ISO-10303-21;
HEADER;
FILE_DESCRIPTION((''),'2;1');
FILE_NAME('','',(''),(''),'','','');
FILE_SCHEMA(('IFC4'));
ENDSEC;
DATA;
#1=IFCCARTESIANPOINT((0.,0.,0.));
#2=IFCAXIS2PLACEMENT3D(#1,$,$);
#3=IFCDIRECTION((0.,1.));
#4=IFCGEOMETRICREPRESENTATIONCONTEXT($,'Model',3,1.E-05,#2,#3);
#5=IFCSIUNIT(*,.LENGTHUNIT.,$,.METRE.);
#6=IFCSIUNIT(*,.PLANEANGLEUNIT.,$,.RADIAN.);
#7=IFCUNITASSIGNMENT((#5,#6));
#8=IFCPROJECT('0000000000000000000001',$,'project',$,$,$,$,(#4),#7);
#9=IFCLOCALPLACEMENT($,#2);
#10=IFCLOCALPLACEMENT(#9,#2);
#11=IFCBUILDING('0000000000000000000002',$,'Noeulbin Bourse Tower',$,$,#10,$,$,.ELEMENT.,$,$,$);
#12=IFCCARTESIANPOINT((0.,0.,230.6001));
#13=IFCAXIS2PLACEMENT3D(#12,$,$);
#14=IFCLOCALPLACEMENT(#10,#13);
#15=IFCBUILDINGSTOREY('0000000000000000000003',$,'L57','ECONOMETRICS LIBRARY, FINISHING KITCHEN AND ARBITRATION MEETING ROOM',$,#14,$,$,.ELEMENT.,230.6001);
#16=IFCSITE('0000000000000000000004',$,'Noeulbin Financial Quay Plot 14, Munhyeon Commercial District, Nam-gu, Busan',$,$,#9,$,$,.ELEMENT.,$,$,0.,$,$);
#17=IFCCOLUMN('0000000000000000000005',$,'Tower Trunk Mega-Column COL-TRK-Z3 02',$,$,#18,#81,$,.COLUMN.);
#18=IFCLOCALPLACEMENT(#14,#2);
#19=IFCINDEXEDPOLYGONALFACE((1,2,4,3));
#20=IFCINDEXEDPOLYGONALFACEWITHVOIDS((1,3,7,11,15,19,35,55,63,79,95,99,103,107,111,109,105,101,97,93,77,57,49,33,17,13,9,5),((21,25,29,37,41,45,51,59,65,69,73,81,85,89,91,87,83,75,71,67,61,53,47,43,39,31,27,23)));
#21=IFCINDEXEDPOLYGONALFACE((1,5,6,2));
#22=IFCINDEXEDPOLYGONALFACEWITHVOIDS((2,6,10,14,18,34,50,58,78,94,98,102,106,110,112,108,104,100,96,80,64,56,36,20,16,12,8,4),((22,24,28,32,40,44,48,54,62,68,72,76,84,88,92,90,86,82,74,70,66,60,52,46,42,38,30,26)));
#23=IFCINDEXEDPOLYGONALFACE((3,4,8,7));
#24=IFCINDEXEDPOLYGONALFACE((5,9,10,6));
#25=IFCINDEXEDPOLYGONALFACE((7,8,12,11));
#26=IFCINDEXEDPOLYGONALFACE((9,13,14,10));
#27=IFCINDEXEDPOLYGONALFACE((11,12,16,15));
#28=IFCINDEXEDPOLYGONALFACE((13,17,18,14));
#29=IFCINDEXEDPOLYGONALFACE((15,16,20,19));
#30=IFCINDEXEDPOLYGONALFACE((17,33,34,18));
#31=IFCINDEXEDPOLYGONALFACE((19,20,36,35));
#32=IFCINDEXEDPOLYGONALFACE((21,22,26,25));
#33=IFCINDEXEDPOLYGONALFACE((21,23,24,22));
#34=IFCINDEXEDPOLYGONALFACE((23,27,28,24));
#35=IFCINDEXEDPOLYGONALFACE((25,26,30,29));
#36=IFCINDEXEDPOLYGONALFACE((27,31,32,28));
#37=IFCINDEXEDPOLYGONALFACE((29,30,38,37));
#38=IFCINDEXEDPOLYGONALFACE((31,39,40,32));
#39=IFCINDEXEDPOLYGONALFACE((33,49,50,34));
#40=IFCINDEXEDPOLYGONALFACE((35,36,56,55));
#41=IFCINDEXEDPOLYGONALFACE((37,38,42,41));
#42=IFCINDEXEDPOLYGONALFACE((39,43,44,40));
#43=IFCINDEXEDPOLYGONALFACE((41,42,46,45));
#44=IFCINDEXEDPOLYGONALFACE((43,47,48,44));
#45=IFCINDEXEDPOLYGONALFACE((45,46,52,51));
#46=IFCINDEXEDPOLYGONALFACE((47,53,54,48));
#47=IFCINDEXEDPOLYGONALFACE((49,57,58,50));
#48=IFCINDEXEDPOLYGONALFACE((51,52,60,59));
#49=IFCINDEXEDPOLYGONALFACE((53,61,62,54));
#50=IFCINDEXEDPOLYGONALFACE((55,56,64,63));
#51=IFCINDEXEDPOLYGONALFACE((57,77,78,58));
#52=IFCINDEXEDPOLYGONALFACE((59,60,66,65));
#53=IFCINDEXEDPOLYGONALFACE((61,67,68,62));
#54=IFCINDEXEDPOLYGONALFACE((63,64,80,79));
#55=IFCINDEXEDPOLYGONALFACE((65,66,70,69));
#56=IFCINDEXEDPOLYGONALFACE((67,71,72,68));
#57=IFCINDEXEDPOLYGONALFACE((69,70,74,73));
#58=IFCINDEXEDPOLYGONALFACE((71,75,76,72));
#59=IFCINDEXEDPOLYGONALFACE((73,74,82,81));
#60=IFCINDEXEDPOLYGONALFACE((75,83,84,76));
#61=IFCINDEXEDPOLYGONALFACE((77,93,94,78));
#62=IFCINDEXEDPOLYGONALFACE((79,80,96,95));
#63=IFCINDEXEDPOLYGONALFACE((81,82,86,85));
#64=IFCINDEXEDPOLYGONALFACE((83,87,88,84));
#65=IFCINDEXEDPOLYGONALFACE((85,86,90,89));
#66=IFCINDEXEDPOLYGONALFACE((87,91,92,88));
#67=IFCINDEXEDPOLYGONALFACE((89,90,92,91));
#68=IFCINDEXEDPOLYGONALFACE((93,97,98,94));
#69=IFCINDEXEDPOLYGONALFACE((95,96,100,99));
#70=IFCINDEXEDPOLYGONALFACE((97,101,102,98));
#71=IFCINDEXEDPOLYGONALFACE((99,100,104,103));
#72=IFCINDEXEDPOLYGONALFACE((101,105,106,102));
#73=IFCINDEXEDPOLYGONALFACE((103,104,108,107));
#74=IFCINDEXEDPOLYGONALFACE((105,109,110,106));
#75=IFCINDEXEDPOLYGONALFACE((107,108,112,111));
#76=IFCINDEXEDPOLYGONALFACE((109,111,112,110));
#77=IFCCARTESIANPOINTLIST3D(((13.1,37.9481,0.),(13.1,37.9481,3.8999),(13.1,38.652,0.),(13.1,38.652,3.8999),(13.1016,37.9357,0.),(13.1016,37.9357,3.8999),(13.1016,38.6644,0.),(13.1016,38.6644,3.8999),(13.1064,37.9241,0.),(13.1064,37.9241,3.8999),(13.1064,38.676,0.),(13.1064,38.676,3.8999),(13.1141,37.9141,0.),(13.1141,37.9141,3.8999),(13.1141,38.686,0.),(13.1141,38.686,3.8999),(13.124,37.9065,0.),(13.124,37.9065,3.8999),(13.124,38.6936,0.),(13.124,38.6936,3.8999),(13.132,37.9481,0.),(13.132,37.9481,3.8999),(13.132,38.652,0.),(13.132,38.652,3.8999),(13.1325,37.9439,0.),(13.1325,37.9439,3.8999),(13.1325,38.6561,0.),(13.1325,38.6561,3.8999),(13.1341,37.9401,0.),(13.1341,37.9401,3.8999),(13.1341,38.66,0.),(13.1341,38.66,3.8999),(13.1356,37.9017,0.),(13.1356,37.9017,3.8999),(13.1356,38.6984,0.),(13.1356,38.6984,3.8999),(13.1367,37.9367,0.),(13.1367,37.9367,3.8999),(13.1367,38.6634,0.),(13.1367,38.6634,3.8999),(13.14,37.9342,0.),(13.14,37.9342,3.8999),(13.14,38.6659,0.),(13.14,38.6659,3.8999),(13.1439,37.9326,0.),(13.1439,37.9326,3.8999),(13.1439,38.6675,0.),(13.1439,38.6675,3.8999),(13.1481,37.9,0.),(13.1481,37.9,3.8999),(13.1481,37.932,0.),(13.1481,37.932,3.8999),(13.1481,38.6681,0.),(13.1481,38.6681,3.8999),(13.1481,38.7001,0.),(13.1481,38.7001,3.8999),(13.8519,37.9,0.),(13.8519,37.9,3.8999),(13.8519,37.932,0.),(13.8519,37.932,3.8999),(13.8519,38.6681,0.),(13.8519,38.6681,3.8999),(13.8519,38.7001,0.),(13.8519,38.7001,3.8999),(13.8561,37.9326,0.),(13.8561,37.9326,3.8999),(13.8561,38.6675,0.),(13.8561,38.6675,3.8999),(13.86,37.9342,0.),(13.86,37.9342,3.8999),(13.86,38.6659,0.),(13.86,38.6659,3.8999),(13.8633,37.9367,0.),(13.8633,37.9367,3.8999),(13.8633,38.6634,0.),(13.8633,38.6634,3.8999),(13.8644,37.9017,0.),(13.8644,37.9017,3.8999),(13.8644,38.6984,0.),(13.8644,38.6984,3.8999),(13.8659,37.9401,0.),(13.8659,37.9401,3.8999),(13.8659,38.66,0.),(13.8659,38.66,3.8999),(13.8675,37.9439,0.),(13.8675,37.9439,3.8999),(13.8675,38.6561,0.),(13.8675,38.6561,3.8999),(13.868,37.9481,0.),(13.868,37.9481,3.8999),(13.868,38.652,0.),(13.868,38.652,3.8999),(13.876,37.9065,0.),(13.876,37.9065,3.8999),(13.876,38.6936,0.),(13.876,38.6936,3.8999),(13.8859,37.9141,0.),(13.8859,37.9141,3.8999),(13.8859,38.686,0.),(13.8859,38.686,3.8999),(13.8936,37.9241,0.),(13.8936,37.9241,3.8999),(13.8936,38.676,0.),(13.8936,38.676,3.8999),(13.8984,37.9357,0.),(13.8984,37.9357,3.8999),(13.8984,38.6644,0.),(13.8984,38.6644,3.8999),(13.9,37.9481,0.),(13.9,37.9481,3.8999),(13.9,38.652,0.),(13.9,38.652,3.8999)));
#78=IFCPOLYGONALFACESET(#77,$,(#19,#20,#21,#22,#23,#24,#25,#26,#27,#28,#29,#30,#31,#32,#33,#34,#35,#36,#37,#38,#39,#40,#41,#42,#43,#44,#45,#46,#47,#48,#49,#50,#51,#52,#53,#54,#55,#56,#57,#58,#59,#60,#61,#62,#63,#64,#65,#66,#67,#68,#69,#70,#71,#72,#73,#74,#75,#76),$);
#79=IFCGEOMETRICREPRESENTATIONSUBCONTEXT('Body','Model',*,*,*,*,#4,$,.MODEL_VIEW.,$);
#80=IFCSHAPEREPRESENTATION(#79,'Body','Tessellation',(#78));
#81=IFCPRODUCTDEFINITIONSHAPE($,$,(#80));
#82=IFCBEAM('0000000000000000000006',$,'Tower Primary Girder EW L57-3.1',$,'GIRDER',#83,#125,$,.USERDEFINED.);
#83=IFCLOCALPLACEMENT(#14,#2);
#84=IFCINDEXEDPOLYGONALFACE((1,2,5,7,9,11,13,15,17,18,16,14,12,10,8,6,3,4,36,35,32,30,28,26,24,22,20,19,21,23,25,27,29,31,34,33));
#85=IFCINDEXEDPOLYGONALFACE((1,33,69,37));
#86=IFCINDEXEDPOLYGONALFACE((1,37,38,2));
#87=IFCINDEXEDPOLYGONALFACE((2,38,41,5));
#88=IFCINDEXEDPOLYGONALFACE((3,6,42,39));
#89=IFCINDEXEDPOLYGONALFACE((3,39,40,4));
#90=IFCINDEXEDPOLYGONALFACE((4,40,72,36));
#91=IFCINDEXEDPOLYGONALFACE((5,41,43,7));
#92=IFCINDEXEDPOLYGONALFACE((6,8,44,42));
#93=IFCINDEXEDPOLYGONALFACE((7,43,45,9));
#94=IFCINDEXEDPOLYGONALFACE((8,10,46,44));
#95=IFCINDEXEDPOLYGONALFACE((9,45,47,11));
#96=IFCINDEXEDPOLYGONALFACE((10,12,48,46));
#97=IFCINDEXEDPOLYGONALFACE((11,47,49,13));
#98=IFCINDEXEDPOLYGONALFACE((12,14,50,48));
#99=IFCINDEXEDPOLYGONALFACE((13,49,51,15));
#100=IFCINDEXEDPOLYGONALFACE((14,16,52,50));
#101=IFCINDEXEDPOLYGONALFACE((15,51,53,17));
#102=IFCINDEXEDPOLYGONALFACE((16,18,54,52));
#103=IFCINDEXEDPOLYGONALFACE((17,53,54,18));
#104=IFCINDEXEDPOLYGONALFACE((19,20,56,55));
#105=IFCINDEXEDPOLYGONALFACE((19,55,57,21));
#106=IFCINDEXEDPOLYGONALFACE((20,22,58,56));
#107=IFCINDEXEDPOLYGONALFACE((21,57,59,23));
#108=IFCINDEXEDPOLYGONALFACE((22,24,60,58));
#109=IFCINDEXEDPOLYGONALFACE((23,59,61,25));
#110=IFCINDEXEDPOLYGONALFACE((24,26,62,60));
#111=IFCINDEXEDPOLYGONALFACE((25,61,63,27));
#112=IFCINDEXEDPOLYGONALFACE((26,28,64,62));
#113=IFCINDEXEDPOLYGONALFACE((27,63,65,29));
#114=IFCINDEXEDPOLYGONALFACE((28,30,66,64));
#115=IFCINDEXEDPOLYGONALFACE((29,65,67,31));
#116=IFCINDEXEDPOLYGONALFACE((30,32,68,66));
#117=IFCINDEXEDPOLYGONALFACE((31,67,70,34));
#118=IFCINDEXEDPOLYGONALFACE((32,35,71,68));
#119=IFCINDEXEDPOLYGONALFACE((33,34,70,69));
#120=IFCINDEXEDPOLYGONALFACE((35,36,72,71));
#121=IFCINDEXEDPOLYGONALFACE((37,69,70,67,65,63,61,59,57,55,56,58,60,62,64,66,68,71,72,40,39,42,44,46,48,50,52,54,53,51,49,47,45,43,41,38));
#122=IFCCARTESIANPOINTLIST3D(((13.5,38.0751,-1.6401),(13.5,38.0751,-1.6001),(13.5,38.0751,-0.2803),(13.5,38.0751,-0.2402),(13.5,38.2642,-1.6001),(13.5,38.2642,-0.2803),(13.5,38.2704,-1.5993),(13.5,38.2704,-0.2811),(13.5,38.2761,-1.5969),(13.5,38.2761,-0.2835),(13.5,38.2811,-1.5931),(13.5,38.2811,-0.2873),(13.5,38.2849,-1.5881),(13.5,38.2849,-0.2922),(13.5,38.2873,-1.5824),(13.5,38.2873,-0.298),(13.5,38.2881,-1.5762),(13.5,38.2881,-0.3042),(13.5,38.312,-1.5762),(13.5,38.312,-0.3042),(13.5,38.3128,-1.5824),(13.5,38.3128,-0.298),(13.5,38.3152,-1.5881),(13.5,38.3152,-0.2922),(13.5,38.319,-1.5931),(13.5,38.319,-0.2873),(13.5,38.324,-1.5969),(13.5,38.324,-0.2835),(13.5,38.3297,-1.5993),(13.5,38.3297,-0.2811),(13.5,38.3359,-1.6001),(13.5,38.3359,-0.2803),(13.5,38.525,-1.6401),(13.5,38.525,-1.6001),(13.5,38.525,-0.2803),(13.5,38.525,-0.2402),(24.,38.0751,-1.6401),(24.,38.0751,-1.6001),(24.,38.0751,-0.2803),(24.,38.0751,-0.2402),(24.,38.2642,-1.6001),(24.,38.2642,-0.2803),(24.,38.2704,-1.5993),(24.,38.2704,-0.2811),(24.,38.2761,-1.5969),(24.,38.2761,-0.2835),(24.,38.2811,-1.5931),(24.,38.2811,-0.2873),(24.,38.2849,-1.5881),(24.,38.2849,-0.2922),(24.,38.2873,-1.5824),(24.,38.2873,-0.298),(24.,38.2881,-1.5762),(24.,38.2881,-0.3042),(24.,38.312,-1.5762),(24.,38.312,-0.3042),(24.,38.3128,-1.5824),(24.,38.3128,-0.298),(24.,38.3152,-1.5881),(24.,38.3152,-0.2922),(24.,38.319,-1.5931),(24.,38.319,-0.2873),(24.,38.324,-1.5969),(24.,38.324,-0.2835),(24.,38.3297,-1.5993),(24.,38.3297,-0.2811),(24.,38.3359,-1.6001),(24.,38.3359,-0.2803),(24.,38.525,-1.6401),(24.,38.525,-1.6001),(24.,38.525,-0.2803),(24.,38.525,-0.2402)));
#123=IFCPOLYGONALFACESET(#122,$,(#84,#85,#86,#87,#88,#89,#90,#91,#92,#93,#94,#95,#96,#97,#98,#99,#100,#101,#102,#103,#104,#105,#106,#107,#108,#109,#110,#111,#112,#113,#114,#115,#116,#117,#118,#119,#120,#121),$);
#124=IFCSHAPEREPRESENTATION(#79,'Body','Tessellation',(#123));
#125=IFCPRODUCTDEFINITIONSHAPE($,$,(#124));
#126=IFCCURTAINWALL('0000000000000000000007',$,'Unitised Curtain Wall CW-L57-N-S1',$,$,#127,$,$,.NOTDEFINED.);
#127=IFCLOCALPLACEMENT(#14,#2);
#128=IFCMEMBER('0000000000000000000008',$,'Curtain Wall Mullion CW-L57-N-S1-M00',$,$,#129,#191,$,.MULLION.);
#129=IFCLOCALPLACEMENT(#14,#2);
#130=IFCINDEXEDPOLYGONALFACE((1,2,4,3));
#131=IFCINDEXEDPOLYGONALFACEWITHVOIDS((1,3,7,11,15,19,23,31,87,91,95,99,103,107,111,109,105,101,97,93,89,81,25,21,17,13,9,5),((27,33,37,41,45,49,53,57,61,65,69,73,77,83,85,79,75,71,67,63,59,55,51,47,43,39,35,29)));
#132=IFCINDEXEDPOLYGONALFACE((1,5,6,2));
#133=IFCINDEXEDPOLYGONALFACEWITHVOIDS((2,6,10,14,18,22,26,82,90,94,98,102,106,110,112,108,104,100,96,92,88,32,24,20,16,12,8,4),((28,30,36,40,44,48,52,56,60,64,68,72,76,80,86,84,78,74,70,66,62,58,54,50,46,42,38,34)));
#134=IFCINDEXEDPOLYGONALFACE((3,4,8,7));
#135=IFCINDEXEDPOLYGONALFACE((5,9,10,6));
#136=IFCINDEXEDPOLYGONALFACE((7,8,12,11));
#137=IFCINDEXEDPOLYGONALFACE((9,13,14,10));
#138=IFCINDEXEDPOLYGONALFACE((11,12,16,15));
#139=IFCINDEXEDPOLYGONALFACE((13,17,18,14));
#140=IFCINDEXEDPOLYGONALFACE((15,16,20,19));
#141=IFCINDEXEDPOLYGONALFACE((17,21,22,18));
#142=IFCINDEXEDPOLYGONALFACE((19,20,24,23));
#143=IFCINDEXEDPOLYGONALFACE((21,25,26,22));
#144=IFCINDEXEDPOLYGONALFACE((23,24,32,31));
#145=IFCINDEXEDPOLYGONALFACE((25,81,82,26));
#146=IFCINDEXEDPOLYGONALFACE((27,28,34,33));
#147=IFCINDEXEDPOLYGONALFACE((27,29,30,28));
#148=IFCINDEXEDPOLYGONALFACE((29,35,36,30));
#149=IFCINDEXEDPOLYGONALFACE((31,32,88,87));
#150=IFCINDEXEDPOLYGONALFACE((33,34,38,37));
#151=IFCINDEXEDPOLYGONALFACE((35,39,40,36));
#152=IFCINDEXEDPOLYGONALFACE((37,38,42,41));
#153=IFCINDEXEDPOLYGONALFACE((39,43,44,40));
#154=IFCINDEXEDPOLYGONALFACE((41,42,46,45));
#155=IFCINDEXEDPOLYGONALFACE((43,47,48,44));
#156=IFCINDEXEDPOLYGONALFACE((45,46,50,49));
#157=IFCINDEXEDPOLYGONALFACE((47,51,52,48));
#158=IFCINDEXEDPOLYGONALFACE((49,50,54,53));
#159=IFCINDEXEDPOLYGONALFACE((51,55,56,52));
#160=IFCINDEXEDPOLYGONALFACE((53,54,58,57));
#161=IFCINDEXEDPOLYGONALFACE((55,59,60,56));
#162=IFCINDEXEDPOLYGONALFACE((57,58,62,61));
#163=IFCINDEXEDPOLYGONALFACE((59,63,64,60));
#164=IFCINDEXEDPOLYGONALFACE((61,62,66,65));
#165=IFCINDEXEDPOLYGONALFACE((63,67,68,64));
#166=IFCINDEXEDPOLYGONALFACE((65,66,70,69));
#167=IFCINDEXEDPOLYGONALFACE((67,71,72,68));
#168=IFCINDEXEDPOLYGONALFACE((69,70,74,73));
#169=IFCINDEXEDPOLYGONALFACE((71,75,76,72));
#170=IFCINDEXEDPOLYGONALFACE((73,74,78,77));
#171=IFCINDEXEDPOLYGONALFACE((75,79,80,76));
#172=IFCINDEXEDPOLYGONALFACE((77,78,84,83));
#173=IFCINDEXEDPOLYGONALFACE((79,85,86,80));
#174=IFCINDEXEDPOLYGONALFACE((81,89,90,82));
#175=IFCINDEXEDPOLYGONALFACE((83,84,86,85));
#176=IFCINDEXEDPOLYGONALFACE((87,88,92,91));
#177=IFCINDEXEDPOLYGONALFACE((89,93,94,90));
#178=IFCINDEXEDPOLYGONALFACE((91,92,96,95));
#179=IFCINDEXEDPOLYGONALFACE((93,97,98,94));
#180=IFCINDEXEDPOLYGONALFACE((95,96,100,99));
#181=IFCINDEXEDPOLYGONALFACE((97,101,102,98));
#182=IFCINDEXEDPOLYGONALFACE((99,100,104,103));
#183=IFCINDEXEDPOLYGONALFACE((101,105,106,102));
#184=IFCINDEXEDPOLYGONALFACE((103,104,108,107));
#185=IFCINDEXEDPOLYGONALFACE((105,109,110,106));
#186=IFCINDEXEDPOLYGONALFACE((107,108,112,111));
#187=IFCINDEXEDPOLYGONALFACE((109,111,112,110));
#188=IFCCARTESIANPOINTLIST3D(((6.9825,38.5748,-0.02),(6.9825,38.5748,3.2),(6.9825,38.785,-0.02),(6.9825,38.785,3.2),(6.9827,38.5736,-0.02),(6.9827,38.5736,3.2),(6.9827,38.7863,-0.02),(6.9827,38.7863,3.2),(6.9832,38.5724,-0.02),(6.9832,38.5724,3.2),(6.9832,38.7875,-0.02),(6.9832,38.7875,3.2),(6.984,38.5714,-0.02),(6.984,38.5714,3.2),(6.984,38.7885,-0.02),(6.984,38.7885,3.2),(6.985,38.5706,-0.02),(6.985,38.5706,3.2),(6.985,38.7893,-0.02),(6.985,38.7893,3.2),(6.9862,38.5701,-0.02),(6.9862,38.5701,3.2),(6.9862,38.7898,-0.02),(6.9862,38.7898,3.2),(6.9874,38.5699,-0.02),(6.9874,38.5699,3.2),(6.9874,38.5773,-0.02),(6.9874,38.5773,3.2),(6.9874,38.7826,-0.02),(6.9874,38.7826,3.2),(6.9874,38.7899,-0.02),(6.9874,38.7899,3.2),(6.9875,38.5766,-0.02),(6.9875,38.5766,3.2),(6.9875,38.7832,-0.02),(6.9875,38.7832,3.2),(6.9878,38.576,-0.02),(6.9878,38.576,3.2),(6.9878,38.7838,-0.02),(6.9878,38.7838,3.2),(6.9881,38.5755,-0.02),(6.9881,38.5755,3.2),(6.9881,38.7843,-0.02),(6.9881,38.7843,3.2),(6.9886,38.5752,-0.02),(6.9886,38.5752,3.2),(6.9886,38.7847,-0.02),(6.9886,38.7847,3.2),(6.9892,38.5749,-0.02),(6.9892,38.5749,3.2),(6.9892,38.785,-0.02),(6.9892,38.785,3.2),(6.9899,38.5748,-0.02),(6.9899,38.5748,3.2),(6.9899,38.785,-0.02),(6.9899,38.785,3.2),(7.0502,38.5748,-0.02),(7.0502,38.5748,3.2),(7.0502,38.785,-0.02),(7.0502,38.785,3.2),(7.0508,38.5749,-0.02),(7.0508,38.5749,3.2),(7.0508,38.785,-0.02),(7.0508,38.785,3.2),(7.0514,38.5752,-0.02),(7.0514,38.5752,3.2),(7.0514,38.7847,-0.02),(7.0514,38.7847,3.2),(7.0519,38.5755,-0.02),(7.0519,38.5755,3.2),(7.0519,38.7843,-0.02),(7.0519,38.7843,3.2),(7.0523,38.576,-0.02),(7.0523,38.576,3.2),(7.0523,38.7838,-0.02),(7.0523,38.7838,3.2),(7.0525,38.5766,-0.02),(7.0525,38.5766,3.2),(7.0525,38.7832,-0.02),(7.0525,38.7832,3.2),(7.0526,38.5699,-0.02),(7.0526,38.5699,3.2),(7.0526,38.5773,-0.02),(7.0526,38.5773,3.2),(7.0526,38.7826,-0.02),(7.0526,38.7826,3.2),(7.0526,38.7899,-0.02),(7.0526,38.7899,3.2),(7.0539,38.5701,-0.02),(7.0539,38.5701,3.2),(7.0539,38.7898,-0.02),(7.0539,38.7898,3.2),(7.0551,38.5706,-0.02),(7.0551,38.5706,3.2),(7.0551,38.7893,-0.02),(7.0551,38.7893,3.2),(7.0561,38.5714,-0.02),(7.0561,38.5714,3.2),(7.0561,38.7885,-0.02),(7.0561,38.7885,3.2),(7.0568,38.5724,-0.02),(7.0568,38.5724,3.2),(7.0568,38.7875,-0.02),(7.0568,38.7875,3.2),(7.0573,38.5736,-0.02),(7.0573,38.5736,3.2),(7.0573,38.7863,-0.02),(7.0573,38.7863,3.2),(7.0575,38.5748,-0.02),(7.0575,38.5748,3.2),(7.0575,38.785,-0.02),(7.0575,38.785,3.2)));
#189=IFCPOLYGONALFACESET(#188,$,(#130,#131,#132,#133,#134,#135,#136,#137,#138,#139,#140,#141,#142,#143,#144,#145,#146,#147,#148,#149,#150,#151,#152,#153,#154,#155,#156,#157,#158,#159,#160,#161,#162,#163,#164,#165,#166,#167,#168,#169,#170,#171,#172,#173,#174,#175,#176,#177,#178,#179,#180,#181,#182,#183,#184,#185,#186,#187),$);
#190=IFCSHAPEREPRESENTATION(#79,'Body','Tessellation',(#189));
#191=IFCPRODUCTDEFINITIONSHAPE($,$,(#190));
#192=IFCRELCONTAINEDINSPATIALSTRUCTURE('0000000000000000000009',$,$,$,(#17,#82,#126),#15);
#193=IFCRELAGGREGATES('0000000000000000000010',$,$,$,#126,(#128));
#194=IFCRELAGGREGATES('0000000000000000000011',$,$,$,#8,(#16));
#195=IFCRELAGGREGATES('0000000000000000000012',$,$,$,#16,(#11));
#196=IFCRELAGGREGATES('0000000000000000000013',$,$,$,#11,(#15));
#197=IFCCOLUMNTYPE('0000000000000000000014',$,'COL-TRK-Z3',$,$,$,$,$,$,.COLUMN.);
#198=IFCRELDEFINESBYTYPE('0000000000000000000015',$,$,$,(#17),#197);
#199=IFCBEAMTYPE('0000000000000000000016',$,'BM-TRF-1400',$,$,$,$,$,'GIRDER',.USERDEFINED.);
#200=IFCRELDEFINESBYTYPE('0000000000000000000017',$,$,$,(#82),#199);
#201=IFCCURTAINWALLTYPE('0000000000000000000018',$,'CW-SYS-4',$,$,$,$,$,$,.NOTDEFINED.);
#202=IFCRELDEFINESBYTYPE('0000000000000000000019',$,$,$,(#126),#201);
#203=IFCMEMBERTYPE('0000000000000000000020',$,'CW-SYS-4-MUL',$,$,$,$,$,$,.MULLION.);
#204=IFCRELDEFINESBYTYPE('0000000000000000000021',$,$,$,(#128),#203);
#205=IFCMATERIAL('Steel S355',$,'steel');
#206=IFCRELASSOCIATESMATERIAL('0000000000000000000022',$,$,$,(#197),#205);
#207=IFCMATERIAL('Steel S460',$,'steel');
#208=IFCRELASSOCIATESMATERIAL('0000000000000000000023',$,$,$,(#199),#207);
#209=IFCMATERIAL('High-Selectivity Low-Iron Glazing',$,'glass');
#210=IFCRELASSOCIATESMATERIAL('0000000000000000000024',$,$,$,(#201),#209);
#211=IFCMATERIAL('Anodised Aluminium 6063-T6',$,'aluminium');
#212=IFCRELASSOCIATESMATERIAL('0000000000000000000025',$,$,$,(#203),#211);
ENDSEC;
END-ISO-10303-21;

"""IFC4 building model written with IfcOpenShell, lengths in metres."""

from ifc_helpers import new_model, si_unit, direction, frame, origin, origin_2d, place, context, subcontext, project, spatial, hollow_rectangle, i_section, extrude, material, material_profile, profile_set, type_object, element, aggregate, save


model = new_model("IFC4")

# Units and contexts
model_context = context("Model", 3, precision=1e-05, world=origin(), true_north=direction((0.0, 1.0)))
body_context = subcontext(model_context, "Body", "Model", "MODEL_VIEW")
ifc_project = project(units=[si_unit("LENGTHUNIT", "METRE"), si_unit("PLANEANGLEUNIT", "RADIAN")], contexts=[model_context])

# Site, building, storey
site_placement = place(None, origin())
site = spatial("IfcSite", under=ifc_project, at=site_placement, Name="Noeulbin Financial Quay Plot 14, Munhyeon Commercial District, Nam-gu, Busan", CompositionType="ELEMENT", RefElevation=0.0)
building_placement = place(site_placement, origin())
building = spatial("IfcBuilding", under=site, at=building_placement, Name="Noeulbin Bourse Tower", CompositionType="ELEMENT")
storey_placement = place(building_placement, frame((0.0, 0.0, 230.6001)))
storey = spatial("IfcBuildingStorey", under=building, at=storey_placement, Name="L57", Description="ECONOMETRICS LIBRARY, FINISHING KITCHEN AND ARBITRATION MEETING ROOM", CompositionType="ELEMENT", Elevation=230.6001)

# Column
ifc_material_1 = material(Name="Steel S355", Category="steel")
ifc_material_profile_1 = material_profile(ifc_material_1, hollow_rectangle(XDim=0.8, YDim=0.8, WallThickness=0.032, InnerFilletRadius=0.0161, OuterFilletRadius=0.0481, at=origin_2d()), Name="BOX-800x800x32", Category="LoadBearing")
ifc_profile_set_1 = profile_set([ifc_material_profile_1], Name="Steel S355")
column_type = type_object("IfcColumnType", Name="COL-TRK-Z3", PredefinedType="COLUMN", material=ifc_profile_set_1)
column_placement = place(storey_placement, frame((13.5, 38.3, 0.0), z_axis=(0.0, 0.0, 1.0), x_axis=(1.0, 0.0, 0.0)))
element("IfcColumn", 1, at=column_placement, inside=storey, type_object=column_type, Name="Tower Trunk Mega-Column COL-TRK-Z3 02", PredefinedType="COLUMN", context=body_context, shape_type="SweptSolid", body=[
    extrude(hollow_rectangle(XDim=0.8, YDim=0.8, WallThickness=0.032, InnerFilletRadius=0.0161, OuterFilletRadius=0.0481, at=origin_2d()), origin(), (0.0, 0.0, 1.0), 3.8999),
])

# Beam
ifc_material_2 = material(Name="Steel S460", Category="steel")
ifc_material_profile_2 = material_profile(ifc_material_2, i_section(OverallWidth=0.45, OverallDepth=1.3999, WebThickness=0.0239, FlangeThickness=0.04, FilletRadius=0.0239, at=origin_2d()), Name="PG-1400x450x24x40", Category="LoadBearing")
ifc_profile_set_2 = profile_set([ifc_material_profile_2], Name="Steel S460")
beam_type = type_object("IfcBeamType", Name="BM-TRF-1400", ElementType="GIRDER", PredefinedType="USERDEFINED", material=ifc_profile_set_2)
beam_placement = place(storey_placement, frame((13.5, 38.3, -0.9402), z_axis=(1.0, 0.0, 0.0), x_axis=(0.0, 1.0, 0.0)))
element("IfcBeam", 2, at=beam_placement, inside=storey, type_object=beam_type, Name="Tower Primary Girder EW L57-3.1", ObjectType="GIRDER", PredefinedType="USERDEFINED", context=body_context, shape_type="SweptSolid", body=[
    extrude(i_section(OverallWidth=0.45, OverallDepth=1.3999, WebThickness=0.0239, FlangeThickness=0.04, FilletRadius=0.0239, at=origin_2d()), origin(), (0.0, 0.0, 1.0), 10.5),
])

# Curtain wall, member
ifc_material_3 = material(Name="High-Selectivity Low-Iron Glazing", Category="glass")
curtain_wall_type = type_object("IfcCurtainWallType", Name="CW-SYS-4", PredefinedType="NOTDEFINED", material=ifc_material_3)
curtain_wall_1_placement = place(storey_placement, origin())
curtain_wall_1 = element("IfcCurtainWall", 3, at=curtain_wall_1_placement, inside=storey, type_object=curtain_wall_type, Name="Unitised Curtain Wall CW-L57-N-S1", PredefinedType="NOTDEFINED")
ifc_material_4 = material(Name="Anodised Aluminium 6063-T6", Category="aluminium")
ifc_material_profile_3 = material_profile(ifc_material_4, hollow_rectangle(XDim=0.075, YDim=0.22, WallThickness=0.0049, InnerFilletRadius=0.0024, OuterFilletRadius=0.0049, at=origin_2d()), Name="ALU-MULL-75x220x5", Category="LoadBearing")
ifc_profile_set_3 = profile_set([ifc_material_profile_3], Name="Anodised Aluminium 6063-T6")
member_type_1 = type_object("IfcMemberType", Name="CW-SYS-4-MUL", PredefinedType="MULLION", material=ifc_profile_set_3)
member_1_placement = place(storey_placement, frame((7.02, 38.6799, -0.02), z_axis=(0.0, 0.0, 1.0), x_axis=(1.0, 0.0, 0.0)))
member_1 = element("IfcMember", 4, at=member_1_placement, type_object=member_type_1, Name="Curtain Wall Mullion CW-L57-N-S1-M00", PredefinedType="MULLION", context=body_context, shape_type="SweptSolid", body=[
    extrude(hollow_rectangle(XDim=0.075, YDim=0.22, WallThickness=0.0049, InnerFilletRadius=0.0024, OuterFilletRadius=0.0049, at=origin_2d()), origin(), (0.0, 0.0, 1.0), 3.22),
])

aggregate(curtain_wall_1, [member_1])

save(model, "model.ifc")
